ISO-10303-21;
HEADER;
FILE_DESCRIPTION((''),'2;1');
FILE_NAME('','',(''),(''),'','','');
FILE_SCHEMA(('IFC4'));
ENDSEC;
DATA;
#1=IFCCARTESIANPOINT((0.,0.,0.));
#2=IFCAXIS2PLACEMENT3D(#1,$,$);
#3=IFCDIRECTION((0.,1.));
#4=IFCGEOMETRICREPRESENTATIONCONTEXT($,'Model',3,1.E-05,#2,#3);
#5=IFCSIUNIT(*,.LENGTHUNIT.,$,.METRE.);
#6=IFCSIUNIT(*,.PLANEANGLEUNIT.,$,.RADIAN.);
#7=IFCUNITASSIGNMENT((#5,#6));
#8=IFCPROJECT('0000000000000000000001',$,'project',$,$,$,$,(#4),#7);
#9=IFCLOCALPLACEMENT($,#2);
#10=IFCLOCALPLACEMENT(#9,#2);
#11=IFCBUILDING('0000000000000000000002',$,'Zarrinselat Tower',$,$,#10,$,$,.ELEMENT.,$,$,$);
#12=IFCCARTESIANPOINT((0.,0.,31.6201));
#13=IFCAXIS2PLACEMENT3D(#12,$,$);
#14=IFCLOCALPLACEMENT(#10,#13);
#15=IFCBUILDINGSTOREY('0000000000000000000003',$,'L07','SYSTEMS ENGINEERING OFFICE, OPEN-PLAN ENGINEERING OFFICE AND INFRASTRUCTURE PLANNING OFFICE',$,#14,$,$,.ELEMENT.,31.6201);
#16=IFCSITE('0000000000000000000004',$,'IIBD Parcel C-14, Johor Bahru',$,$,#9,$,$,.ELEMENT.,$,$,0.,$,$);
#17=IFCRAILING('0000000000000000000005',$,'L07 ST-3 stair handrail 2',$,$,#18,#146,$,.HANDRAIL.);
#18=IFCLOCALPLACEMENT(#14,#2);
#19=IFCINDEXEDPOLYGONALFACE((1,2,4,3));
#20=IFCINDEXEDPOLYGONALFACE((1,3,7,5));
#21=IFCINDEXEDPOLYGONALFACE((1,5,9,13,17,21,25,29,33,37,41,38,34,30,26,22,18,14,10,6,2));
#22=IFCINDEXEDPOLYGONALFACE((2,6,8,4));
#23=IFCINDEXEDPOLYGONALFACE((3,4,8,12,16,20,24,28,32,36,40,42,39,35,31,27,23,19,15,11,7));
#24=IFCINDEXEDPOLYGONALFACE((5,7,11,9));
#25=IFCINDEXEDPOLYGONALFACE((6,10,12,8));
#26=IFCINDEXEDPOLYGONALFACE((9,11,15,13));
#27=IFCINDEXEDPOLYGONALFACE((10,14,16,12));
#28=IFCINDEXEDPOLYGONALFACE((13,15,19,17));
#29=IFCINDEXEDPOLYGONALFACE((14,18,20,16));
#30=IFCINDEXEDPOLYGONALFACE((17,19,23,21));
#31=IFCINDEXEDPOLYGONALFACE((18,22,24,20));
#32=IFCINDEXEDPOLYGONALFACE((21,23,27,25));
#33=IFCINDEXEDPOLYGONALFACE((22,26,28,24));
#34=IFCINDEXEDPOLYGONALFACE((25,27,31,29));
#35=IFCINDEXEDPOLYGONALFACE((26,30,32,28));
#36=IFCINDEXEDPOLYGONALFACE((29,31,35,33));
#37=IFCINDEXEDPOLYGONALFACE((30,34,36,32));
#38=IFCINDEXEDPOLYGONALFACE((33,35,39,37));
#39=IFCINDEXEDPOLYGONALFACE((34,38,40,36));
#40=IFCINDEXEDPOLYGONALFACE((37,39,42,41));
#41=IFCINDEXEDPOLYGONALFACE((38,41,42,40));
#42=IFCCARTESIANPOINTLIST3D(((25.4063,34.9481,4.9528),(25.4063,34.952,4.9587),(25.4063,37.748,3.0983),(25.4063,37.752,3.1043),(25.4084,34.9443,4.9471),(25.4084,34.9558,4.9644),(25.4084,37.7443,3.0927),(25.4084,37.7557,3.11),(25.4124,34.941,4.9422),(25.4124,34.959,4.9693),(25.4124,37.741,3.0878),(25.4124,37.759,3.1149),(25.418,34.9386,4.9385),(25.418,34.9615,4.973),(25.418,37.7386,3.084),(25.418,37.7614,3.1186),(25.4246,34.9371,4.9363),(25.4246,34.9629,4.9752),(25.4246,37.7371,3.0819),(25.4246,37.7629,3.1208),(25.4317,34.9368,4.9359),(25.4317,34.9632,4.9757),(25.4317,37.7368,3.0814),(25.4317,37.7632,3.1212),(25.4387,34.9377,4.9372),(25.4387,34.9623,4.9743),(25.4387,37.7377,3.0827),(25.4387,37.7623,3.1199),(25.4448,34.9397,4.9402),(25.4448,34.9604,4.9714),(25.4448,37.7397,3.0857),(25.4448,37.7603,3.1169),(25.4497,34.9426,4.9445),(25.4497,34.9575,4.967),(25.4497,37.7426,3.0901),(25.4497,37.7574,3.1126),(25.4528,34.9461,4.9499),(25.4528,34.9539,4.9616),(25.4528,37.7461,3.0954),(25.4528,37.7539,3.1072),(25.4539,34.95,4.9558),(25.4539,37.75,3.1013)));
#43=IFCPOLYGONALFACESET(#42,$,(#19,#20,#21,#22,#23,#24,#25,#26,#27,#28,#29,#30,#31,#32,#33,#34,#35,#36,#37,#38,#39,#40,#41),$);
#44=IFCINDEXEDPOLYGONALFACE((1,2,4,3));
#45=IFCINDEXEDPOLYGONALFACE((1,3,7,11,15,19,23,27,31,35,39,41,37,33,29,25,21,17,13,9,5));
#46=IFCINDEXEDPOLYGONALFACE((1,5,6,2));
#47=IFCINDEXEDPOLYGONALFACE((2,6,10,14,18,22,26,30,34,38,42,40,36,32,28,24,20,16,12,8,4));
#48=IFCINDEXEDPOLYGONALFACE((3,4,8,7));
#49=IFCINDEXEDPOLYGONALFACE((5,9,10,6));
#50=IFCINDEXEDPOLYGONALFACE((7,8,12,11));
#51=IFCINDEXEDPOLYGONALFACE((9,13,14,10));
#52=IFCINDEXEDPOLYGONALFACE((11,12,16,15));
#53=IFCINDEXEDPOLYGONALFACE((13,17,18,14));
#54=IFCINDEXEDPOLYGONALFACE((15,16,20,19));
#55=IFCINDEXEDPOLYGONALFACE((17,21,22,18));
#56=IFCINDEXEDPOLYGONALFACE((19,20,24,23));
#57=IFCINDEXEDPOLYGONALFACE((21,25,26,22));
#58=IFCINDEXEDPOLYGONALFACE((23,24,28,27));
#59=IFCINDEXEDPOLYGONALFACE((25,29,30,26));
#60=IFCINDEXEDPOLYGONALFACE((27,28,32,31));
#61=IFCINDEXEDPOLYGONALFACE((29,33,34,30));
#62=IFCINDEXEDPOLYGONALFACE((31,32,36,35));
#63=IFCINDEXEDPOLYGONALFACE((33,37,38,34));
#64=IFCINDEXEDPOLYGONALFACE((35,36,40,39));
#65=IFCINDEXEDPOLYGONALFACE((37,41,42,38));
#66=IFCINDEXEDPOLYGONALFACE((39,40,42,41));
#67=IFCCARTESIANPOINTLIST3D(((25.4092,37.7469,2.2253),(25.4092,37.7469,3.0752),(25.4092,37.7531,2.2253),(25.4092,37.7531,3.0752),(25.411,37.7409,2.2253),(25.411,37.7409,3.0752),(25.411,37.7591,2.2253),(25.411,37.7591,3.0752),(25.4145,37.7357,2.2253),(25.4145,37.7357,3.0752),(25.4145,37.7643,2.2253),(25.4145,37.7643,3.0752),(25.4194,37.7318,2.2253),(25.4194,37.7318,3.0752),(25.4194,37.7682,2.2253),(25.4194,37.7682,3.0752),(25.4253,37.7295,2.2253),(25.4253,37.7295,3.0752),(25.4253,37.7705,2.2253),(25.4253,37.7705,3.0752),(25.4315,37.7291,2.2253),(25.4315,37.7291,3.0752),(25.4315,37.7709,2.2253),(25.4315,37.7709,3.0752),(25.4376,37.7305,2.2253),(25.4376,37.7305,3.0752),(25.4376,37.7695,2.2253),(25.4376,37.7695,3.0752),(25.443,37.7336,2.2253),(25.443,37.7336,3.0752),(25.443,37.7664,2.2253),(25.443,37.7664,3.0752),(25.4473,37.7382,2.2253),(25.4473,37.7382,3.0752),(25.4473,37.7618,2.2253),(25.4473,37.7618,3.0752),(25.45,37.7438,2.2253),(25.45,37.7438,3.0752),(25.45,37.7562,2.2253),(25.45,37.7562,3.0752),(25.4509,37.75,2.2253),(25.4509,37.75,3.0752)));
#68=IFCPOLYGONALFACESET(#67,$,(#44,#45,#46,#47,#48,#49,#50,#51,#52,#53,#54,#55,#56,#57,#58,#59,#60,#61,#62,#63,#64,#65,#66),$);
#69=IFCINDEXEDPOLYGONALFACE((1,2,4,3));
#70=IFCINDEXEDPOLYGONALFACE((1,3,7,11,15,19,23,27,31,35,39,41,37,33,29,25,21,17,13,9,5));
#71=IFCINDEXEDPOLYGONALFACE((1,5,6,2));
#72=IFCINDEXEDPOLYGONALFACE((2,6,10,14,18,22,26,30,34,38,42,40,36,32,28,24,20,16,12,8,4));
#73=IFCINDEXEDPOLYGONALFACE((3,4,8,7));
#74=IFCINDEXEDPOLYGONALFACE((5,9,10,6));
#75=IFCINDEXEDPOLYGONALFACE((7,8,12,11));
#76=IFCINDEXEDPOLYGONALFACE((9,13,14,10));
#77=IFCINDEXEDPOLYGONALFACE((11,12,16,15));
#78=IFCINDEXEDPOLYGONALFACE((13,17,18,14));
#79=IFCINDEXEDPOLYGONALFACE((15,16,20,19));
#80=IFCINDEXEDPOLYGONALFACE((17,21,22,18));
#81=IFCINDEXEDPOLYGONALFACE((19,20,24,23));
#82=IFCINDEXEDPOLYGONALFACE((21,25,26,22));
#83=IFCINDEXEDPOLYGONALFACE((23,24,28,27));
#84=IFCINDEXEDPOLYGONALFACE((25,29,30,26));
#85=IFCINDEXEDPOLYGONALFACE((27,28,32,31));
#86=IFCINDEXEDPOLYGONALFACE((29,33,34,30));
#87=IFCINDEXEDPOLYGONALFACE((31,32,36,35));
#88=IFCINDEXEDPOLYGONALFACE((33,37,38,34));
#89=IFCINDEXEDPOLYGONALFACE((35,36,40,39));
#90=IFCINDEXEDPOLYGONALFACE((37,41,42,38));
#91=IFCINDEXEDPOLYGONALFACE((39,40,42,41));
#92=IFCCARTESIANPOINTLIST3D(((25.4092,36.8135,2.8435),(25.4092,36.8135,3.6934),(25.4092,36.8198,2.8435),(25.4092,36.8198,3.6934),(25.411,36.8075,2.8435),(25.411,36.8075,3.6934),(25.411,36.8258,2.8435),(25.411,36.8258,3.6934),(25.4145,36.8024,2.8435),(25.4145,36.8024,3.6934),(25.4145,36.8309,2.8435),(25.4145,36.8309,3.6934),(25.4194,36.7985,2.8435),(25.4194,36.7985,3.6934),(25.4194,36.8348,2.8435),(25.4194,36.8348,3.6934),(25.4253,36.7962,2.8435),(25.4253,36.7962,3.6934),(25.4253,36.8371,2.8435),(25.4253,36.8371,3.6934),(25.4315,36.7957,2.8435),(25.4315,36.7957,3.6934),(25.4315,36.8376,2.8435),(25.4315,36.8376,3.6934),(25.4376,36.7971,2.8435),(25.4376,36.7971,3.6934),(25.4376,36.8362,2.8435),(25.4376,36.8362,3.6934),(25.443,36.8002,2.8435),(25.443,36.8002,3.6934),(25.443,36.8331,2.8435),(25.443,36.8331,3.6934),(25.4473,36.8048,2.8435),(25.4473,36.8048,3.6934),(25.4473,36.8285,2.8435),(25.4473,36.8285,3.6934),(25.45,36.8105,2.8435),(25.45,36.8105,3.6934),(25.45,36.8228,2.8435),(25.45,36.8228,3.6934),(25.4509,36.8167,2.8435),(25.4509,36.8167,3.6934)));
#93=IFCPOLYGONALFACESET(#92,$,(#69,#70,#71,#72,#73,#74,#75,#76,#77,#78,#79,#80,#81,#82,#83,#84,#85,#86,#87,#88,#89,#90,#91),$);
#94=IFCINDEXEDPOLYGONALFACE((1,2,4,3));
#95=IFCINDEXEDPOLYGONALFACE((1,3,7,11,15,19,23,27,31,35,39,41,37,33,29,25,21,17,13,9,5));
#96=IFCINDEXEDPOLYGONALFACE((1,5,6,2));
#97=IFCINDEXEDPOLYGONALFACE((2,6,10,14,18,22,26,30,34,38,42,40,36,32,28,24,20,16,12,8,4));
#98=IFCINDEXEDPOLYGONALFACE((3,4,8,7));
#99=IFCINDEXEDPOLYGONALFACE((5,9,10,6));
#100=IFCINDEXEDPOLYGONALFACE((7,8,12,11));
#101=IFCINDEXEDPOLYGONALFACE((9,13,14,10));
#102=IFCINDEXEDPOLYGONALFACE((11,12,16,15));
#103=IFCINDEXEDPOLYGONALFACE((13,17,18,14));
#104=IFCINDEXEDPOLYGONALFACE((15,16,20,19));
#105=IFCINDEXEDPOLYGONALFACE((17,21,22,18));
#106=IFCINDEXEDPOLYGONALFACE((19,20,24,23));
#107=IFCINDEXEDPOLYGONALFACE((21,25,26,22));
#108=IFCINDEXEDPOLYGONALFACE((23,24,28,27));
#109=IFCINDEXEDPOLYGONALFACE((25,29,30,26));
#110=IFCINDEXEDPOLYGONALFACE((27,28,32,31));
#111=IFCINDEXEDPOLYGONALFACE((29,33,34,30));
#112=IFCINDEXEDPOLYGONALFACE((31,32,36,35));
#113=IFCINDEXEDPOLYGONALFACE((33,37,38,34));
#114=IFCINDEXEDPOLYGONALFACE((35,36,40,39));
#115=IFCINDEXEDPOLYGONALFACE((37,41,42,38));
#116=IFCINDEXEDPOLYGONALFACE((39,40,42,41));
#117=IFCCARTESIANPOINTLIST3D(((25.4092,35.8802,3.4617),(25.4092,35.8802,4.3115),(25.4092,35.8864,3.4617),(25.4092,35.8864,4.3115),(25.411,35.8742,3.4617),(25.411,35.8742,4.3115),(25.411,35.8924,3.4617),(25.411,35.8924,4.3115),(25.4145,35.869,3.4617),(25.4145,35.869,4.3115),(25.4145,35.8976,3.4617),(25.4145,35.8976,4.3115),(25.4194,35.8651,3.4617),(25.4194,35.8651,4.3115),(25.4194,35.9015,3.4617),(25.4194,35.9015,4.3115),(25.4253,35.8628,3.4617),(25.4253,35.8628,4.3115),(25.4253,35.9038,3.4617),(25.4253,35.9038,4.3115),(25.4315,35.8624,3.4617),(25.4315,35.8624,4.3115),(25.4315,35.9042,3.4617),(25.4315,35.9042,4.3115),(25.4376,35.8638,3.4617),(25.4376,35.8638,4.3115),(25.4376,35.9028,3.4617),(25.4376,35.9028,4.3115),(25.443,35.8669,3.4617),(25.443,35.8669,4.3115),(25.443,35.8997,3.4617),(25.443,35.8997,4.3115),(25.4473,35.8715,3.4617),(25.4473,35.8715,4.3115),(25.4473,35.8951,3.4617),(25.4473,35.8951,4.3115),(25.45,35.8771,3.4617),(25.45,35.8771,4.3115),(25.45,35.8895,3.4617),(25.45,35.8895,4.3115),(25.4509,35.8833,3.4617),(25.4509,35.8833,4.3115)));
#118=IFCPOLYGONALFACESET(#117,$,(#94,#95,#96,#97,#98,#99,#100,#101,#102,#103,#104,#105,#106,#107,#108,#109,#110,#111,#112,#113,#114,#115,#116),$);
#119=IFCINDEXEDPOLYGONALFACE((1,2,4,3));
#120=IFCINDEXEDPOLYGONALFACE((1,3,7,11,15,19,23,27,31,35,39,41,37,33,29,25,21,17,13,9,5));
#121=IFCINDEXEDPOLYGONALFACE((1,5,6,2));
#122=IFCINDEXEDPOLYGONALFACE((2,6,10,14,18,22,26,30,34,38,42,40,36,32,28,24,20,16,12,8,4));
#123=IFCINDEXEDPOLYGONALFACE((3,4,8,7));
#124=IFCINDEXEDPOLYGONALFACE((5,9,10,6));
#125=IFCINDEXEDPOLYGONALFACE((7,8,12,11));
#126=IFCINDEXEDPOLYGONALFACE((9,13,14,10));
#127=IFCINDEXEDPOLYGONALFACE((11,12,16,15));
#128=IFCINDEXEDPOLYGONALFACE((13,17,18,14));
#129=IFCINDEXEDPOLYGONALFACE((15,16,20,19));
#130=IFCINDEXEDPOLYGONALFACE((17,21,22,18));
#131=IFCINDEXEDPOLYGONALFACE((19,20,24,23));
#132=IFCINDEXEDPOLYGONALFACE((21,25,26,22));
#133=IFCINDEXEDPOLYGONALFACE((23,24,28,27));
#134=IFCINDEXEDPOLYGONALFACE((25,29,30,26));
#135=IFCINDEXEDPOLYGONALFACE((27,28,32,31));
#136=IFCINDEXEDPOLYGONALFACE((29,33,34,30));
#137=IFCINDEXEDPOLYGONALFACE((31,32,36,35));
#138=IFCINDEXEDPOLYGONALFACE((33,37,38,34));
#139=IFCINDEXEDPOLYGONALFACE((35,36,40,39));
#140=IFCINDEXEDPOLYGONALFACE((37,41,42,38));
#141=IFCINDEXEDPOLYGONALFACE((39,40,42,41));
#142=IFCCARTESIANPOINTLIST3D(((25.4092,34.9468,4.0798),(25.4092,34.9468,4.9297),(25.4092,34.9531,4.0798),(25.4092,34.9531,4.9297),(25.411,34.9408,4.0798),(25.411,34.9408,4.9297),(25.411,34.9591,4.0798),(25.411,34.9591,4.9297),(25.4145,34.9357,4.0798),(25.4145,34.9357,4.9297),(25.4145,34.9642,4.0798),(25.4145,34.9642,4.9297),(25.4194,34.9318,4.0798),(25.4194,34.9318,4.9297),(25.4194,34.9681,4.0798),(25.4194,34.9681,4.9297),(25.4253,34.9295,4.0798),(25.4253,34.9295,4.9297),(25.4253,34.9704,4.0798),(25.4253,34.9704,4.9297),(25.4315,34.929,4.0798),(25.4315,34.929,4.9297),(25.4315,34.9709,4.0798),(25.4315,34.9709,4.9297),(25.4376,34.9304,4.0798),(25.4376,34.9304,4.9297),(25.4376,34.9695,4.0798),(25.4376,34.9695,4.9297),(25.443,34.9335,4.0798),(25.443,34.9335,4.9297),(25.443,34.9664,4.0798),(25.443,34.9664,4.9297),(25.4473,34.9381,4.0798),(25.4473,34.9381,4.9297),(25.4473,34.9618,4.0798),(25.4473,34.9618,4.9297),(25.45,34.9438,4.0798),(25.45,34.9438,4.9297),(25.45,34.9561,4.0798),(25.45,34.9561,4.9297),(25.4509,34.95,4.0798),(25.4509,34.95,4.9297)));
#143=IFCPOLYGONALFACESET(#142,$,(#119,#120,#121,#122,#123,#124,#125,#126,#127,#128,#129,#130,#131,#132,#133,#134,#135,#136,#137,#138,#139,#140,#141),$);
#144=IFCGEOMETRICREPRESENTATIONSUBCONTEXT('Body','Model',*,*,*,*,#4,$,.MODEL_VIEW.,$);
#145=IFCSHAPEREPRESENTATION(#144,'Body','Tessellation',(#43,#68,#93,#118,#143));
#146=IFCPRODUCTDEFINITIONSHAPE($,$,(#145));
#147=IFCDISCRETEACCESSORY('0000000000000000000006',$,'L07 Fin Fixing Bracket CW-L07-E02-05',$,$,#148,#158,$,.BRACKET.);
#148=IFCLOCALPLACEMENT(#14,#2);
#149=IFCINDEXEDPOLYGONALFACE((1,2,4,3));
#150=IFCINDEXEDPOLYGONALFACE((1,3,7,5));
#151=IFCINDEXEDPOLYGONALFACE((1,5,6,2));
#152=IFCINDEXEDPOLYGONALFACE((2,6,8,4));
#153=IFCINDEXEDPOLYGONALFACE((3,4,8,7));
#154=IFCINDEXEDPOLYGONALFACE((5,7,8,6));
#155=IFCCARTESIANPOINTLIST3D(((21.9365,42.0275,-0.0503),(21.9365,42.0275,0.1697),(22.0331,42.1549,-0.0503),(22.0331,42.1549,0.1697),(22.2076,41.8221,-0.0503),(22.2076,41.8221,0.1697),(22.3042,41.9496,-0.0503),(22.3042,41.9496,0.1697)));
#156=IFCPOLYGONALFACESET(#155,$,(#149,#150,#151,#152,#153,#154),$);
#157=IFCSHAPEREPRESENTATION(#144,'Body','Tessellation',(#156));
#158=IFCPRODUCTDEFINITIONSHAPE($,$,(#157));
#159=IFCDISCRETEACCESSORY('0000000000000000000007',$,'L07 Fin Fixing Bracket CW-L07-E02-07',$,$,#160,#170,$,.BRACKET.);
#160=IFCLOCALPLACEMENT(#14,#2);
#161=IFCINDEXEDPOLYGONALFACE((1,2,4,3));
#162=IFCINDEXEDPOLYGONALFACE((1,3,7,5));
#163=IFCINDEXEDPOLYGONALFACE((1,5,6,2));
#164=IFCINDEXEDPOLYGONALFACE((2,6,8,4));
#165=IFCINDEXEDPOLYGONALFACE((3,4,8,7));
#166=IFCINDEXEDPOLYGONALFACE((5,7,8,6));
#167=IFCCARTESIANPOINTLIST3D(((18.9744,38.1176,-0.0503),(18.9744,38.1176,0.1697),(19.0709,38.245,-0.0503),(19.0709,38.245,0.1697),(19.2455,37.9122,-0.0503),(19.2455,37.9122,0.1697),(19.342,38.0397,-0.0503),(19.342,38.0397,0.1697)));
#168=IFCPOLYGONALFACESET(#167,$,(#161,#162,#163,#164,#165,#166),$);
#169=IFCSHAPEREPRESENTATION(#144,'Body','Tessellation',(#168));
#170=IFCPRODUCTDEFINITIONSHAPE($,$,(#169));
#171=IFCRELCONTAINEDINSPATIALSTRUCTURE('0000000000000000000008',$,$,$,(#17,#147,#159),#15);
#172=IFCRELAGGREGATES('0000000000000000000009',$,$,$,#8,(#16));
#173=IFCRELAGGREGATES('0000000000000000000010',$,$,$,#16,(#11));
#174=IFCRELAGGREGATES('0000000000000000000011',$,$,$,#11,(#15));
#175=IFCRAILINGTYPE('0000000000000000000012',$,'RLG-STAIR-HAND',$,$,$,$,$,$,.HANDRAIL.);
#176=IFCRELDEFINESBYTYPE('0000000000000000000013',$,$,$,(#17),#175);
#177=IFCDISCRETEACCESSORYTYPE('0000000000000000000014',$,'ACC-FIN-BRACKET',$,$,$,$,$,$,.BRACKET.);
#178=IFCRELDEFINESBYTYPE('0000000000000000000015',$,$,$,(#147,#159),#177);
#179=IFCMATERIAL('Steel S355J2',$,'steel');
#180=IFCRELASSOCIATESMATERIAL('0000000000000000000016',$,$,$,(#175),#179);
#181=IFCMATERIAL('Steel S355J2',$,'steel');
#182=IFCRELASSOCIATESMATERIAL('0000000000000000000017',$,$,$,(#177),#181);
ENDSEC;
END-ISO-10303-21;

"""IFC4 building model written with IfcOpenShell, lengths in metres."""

from ifc_helpers import new_model, si_unit, direction, frame, origin, origin_2d, place, context, subcontext, project, spatial, rectangle, circle, extrude, material, type_object, element, save


model = new_model("IFC4")

# Units and contexts
model_context = context("Model", 3, precision=1e-05, world=origin(), true_north=direction((0.0, 1.0)))
body_context = subcontext(model_context, "Body", "Model", "MODEL_VIEW")
ifc_project = project(units=[si_unit("LENGTHUNIT", "METRE"), si_unit("PLANEANGLEUNIT", "RADIAN")], contexts=[model_context])

# Site, building, storey
site_placement = place(None, origin())
site = spatial("IfcSite", under=ifc_project, at=site_placement, Name="IIBD Parcel C-14, Johor Bahru", CompositionType="ELEMENT", RefElevation=0.0)
building_placement = place(site_placement, origin())
building = spatial("IfcBuilding", under=site, at=building_placement, Name="Zarrinselat Tower", CompositionType="ELEMENT")
storey_placement = place(building_placement, frame((0.0, 0.0, 31.6201)))
storey = spatial("IfcBuildingStorey", under=building, at=storey_placement, Name="L07", Description="SYSTEMS ENGINEERING OFFICE, OPEN-PLAN ENGINEERING OFFICE AND INFRASTRUCTURE PLANNING OFFICE", CompositionType="ELEMENT", Elevation=31.6201)

# Railing
ifc_material_1 = material(Name="Steel S355J2", Category="steel")
railing_type_1 = type_object("IfcRailingType", Name="RLG-STAIR-HAND", PredefinedType="HANDRAIL", material=ifc_material_1)
railing_1_placement = place(storey_placement, frame((25.4299, 37.75, 2.2253)))
element("IfcRailing", 1, at=railing_1_placement, inside=storey, type_object=railing_type_1, Name="L07 ST-3 stair handrail 2", PredefinedType="HANDRAIL", context=body_context, shape_type="SweptSolid", body=[
    extrude(circle(Radius=0.0239, at=origin_2d()), frame((0.0, 0.0, 0.876), z_axis=(0.0, -0.833724, 0.552181), x_axis=(1.0, 0.0, 0.0)), (0.0, 0.0, 1.0), 3.3584),
    extrude(circle(Radius=0.021, at=origin_2d()), origin(), (0.0, 0.0, 1.0), 0.8499),
    extrude(circle(Radius=0.021, at=origin_2d()), frame((0.0, -0.9333, 0.6182)), (0.0, 0.0, 1.0), 0.8499),
    extrude(circle(Radius=0.021, at=origin_2d()), frame((0.0, -1.8667, 1.2363)), (0.0, 0.0, 1.0), 0.8499),
    extrude(circle(Radius=0.021, at=origin_2d()), frame((0.0, -2.8, 1.8545)), (0.0, 0.0, 1.0), 0.8499),
])

# Discrete accessories
ifc_material_2 = material(Name="Steel S355J2", Category="steel")
discrete_accessory_type = type_object("IfcDiscreteAccessoryType", Name="ACC-FIN-BRACKET", PredefinedType="BRACKET", material=ifc_material_2)
for number, where, z_axis, x_axis, name in (
    (2, (22.1204, 41.9885, -0.0503), (0.0, 0.0, 1.0), (-0.797091, 0.603859, 0.0), "L07 Fin Fixing Bracket CW-L07-E02-05"),
    (3, (19.1582, 38.0786, -0.0503), (0.0, 0.0, 1.0), (-0.797091, 0.603859, 0.0), "L07 Fin Fixing Bracket CW-L07-E02-07"),
):
    element("IfcDiscreteAccessory", number, at=place(storey_placement, frame(where, z_axis=z_axis, x_axis=x_axis)), inside=storey, type_object=discrete_accessory_type, Name=name, PredefinedType="BRACKET", context=body_context, shape_type="SweptSolid", body=[
        extrude(rectangle(XDim=0.3401, YDim=0.1599, at=origin_2d()), origin(), (0.0, 0.0, 1.0), 0.22),
    ])

save(model, "model.ifc")
